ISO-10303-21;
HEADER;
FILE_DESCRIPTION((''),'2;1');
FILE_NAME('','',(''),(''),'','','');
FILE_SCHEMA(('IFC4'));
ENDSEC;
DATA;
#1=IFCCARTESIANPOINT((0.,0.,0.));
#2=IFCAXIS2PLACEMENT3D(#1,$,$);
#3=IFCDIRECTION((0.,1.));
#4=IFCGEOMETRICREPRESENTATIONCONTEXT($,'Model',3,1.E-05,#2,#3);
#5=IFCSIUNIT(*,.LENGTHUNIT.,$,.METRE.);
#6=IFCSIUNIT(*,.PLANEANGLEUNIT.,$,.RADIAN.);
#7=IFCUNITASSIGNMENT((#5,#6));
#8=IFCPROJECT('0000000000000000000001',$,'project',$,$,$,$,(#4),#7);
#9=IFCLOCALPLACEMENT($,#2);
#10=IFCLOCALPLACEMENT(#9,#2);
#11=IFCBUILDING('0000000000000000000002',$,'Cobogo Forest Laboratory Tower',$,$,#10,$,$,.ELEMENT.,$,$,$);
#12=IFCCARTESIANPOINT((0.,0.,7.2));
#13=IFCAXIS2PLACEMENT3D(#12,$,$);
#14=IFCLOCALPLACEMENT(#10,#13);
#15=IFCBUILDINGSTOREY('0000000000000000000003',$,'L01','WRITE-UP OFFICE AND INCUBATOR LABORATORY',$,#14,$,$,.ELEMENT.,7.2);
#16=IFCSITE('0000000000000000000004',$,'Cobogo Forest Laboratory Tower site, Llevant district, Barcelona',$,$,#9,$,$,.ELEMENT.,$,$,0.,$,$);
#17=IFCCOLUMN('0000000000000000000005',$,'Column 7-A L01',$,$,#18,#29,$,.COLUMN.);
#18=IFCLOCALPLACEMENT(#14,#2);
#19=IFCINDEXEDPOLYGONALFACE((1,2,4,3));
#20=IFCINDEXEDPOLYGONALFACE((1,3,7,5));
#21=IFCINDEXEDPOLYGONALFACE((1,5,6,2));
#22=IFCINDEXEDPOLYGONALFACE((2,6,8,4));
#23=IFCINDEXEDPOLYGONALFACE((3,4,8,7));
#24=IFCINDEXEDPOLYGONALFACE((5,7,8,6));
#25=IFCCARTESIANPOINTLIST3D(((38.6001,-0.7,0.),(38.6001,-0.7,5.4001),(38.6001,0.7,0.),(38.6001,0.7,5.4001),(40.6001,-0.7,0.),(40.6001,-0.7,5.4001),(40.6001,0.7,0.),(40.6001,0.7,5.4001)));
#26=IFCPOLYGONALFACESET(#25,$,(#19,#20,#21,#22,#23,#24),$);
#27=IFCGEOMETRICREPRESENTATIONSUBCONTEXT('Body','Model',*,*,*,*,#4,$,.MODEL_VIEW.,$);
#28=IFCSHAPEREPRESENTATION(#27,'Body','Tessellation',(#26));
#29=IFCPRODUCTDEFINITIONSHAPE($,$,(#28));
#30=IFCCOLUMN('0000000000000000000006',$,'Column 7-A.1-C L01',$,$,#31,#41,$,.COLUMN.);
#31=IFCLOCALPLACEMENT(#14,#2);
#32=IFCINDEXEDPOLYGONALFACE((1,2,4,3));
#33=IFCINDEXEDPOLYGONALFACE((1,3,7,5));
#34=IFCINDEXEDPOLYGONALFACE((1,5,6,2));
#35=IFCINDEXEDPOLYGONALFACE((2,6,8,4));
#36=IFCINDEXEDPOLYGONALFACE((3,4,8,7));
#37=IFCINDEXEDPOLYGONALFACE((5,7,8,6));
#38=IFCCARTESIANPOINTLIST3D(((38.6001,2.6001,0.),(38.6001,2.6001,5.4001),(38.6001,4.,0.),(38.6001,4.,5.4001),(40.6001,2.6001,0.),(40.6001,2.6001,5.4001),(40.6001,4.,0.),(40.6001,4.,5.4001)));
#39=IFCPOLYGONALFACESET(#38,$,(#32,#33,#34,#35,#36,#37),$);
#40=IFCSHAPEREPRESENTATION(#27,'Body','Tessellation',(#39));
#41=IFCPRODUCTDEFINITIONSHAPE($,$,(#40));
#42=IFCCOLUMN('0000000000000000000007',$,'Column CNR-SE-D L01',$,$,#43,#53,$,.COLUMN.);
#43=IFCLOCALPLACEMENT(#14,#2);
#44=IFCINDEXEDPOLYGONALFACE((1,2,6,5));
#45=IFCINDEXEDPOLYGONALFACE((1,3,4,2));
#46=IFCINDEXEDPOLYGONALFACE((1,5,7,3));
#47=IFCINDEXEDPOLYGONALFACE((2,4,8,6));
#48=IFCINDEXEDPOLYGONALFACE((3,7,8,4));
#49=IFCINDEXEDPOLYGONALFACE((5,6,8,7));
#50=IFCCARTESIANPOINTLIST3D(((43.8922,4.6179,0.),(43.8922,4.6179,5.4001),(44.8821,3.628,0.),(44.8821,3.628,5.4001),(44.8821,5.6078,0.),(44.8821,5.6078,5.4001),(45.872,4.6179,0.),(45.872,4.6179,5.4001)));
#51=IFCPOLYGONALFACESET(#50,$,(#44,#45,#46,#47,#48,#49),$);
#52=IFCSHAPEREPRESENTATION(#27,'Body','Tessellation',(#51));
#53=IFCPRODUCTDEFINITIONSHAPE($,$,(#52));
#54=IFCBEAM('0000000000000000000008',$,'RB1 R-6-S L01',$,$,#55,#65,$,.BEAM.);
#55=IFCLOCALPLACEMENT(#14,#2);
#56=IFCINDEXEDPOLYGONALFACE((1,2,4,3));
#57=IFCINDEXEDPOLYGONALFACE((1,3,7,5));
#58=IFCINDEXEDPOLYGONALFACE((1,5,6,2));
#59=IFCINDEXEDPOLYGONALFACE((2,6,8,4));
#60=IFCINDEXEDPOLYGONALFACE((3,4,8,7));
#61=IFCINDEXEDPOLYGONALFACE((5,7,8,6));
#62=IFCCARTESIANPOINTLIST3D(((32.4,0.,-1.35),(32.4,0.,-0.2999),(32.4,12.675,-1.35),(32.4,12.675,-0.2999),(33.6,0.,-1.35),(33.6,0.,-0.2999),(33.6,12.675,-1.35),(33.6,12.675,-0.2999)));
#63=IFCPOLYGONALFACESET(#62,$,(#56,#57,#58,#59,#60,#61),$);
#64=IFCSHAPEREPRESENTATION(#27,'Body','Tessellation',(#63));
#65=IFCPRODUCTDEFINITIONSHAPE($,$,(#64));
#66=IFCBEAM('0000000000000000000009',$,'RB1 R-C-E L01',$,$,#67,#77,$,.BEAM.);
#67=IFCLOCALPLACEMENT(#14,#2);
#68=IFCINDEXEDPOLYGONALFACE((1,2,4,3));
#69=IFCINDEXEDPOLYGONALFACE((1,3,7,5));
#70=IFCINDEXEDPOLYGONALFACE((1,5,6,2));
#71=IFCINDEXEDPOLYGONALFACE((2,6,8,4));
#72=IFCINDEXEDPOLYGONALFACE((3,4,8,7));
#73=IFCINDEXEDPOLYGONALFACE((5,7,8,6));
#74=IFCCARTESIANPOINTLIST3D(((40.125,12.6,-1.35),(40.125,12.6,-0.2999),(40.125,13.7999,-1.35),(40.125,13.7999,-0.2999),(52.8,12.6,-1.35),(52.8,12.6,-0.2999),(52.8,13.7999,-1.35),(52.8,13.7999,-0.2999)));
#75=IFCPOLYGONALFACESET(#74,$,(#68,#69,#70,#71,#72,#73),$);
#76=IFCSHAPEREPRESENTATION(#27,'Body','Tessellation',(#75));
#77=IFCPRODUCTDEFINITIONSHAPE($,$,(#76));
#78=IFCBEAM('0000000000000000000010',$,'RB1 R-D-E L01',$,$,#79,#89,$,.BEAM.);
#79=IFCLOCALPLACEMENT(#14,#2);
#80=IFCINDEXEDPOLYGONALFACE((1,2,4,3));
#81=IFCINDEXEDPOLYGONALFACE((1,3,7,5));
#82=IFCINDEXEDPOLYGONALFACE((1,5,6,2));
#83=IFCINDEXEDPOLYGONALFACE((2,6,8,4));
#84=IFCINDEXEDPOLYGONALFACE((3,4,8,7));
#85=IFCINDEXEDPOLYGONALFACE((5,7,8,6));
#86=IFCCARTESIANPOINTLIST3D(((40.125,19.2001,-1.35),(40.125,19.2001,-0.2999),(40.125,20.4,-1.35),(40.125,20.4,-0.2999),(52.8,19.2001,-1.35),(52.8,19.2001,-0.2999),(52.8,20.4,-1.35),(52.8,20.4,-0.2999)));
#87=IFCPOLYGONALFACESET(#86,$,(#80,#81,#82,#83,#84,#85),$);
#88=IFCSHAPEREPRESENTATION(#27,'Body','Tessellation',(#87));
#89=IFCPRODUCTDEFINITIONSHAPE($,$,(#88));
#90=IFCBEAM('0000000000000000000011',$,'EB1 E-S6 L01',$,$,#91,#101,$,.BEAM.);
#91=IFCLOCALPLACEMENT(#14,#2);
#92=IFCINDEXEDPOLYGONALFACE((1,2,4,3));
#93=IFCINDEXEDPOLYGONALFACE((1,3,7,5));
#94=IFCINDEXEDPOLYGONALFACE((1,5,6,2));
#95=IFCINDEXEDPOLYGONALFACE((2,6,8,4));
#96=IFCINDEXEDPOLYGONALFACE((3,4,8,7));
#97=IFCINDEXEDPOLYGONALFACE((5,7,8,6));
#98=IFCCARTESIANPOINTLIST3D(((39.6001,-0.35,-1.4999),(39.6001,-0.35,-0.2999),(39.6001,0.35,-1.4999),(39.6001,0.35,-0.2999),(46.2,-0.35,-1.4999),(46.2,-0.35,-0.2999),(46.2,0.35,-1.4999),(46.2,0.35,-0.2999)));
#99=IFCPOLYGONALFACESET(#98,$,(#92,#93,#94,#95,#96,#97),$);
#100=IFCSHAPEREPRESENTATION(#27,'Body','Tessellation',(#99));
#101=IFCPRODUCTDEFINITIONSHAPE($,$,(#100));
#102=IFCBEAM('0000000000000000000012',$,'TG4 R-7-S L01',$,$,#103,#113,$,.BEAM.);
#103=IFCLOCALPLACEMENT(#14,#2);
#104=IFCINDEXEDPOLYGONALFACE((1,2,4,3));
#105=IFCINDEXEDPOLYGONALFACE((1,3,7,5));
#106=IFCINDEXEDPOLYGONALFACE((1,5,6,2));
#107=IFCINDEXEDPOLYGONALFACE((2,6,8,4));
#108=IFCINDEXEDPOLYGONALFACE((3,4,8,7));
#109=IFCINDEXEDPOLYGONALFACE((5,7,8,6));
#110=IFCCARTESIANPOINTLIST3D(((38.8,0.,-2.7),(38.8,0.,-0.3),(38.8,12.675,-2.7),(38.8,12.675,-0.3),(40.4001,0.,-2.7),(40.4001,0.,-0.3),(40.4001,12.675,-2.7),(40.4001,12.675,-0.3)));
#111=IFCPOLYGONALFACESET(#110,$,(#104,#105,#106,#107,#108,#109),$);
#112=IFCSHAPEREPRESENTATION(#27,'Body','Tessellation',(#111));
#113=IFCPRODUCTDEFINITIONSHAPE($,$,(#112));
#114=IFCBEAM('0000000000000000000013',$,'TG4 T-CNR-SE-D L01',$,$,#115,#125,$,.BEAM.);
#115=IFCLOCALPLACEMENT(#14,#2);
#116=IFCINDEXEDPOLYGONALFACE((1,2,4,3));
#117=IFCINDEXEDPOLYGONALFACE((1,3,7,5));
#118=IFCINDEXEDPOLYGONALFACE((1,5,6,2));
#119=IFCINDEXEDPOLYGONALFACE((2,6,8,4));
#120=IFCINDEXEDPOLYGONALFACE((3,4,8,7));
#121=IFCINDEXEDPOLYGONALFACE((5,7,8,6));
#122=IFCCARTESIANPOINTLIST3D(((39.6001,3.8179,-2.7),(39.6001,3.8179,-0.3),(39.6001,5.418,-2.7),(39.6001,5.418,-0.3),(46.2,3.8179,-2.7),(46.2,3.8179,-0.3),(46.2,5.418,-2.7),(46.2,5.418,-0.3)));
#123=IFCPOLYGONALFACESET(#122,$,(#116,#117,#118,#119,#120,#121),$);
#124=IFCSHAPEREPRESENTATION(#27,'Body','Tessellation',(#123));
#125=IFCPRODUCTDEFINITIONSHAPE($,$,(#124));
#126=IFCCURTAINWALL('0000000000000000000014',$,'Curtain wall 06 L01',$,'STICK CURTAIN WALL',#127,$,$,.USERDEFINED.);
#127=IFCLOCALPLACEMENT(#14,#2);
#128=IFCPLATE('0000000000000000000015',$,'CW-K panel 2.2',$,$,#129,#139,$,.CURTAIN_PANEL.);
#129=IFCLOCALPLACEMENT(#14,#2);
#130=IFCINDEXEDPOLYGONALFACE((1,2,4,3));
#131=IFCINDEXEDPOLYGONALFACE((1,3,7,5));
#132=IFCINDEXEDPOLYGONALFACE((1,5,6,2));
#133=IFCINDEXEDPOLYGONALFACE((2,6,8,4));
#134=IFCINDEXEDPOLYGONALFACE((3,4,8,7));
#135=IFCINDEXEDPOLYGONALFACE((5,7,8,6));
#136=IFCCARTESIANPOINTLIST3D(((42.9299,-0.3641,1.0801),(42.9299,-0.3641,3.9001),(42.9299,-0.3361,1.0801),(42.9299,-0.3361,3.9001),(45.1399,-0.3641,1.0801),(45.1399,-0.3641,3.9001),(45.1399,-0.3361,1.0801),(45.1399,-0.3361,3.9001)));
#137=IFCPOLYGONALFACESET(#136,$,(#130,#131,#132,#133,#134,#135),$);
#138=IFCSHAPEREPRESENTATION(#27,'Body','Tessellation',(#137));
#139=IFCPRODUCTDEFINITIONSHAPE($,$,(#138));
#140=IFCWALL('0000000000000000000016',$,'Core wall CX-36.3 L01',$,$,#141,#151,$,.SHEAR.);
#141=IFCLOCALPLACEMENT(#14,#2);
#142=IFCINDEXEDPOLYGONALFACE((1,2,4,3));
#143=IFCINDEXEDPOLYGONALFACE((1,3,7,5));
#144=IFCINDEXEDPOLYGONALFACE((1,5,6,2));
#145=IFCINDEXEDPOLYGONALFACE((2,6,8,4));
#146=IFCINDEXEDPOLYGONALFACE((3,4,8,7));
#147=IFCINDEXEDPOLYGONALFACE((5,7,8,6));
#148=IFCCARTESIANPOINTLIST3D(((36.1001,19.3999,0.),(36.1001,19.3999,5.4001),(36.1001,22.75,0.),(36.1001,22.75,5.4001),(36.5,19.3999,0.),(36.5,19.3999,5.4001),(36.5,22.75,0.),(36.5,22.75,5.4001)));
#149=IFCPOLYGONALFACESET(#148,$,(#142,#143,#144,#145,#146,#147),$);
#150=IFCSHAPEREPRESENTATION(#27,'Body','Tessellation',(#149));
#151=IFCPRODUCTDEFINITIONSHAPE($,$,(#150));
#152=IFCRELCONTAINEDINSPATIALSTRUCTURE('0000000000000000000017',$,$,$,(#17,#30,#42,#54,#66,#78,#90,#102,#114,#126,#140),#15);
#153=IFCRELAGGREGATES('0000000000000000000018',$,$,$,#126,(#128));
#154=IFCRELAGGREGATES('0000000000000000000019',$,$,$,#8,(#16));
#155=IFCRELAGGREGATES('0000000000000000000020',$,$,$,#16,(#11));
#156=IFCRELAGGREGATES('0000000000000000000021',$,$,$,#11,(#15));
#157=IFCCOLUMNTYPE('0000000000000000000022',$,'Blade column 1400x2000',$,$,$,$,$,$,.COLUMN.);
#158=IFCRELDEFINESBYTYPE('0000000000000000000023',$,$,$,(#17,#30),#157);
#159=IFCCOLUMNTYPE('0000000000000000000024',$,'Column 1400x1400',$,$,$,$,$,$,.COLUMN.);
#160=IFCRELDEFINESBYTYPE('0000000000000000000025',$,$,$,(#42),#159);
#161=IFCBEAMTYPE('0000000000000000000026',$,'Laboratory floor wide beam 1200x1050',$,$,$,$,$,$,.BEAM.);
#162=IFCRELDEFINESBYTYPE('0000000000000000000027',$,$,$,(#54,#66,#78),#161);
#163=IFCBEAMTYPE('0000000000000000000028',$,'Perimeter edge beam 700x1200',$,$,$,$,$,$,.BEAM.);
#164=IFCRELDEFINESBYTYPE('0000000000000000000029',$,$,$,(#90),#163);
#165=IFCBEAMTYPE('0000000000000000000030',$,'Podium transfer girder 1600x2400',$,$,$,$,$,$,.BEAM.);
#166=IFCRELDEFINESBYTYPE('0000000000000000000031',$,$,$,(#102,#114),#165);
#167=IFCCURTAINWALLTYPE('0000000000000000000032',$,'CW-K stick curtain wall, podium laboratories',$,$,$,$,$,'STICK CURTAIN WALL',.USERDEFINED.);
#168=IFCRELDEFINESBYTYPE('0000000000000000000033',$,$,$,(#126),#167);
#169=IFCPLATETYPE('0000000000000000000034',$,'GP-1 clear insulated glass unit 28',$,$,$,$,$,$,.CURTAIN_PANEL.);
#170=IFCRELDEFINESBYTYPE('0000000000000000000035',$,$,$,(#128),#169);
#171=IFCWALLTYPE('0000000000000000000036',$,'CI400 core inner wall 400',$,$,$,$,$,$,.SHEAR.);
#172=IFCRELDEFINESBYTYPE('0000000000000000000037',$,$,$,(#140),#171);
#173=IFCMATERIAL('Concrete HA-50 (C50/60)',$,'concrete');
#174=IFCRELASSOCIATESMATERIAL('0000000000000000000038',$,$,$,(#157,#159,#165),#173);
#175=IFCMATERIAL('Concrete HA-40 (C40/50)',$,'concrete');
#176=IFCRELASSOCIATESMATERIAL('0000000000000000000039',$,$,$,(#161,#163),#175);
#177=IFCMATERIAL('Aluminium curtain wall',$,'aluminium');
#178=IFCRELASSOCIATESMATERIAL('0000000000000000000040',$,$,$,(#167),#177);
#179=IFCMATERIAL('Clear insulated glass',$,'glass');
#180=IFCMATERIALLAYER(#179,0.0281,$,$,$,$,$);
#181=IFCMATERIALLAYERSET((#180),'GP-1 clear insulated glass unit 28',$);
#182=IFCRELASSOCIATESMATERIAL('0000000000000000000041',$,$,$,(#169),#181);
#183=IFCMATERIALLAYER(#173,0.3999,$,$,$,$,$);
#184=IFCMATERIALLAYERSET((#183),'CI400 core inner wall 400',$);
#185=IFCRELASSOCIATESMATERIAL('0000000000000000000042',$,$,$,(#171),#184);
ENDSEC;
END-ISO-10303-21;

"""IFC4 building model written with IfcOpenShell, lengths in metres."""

from ifc_helpers import new_model, si_unit, direction, frame, frame_2d, origin, origin_2d, place, context, subcontext, project, spatial, rectangle, extrude, material, layer, layer_set, material_profile, profile_set, type_object, element, aggregate, save


model = new_model("IFC4")

# Units and contexts
model_context = context("Model", 3, precision=1e-05, world=origin(), true_north=direction((0.0, 1.0)))
body_context = subcontext(model_context, "Body", "Model", "MODEL_VIEW")
ifc_project = project(units=[si_unit("LENGTHUNIT", "METRE"), si_unit("PLANEANGLEUNIT", "RADIAN")], contexts=[model_context])

# Site, building, storey
site_placement = place(None, origin())
site = spatial("IfcSite", under=ifc_project, at=site_placement, Name="Cobogo Forest Laboratory Tower site, Llevant district, Barcelona", CompositionType="ELEMENT", RefElevation=0.0)
building_placement = place(site_placement, origin())
building = spatial("IfcBuilding", under=site, at=building_placement, Name="Cobogo Forest Laboratory Tower", CompositionType="ELEMENT")
storey_placement = place(building_placement, frame((0.0, 0.0, 7.2)))
storey = spatial("IfcBuildingStorey", under=building, at=storey_placement, Name="L01", Description="WRITE-UP OFFICE AND INCUBATOR LABORATORY", CompositionType="ELEMENT", Elevation=7.2)

# Columns
ifc_material_1 = material(Name="Concrete HA-50 (C50/60)", Category="concrete")
ifc_material_profile_1 = material_profile(ifc_material_1, rectangle(XDim=2.0, YDim=1.3999, at=origin_2d()), Name="RC 1400x2000")
ifc_profile_set_1 = profile_set([ifc_material_profile_1], Name="Concrete HA-50 (C50/60)")
column_type_1 = type_object("IfcColumnType", Name="Blade column 1400x2000", PredefinedType="COLUMN", material=ifc_profile_set_1)
for number, where, z_axis, x_axis, name in (
    (1, (39.6001, 0.0, 0.0), (0.0, 0.0, 1.0), (1.0, 0.0, 0.0), "Column 7-A L01"),
    (2, (39.6001, 3.3, 0.0), (0.0, 0.0, 1.0), (1.0, 0.0, 0.0), "Column 7-A.1-C L01"),
):
    element("IfcColumn", number, at=place(storey_placement, frame(where, z_axis=z_axis, x_axis=x_axis)), inside=storey, type_object=column_type_1, Name=name, PredefinedType="COLUMN", context=body_context, shape_type="SweptSolid", body=[
        extrude(rectangle(XDim=2.0, YDim=1.3999, at=origin_2d()), origin(), (0.0, 0.0, 1.0), 5.4001),
    ])
ifc_material_profile_2 = material_profile(ifc_material_1, rectangle(XDim=1.3999, YDim=1.3999, at=origin_2d()), Name="RC 1400x1400")
ifc_profile_set_2 = profile_set([ifc_material_profile_2], Name="Concrete HA-50 (C50/60)")
column_type_2 = type_object("IfcColumnType", Name="Column 1400x1400", PredefinedType="COLUMN", material=ifc_profile_set_2)
column_placement = place(storey_placement, frame((44.8821, 4.6179, 0.0), z_axis=(0.0, 0.0, 1.0), x_axis=(0.707107, 0.707107, 0.0)))
element("IfcColumn", 3, at=column_placement, inside=storey, type_object=column_type_2, Name="Column CNR-SE-D L01", PredefinedType="COLUMN", context=body_context, shape_type="SweptSolid", body=[
    extrude(rectangle(XDim=1.3999, YDim=1.3999, at=origin_2d()), origin(), (0.0, 0.0, 1.0), 5.4001),
])

# Beams
ifc_material_2 = material(Name="Concrete HA-40 (C40/50)", Category="concrete")
ifc_material_profile_3 = material_profile(ifc_material_2, rectangle(XDim=1.2, YDim=1.05, at=origin_2d()), Name="RC 1200x1050")
ifc_profile_set_3 = profile_set([ifc_material_profile_3], Name="Concrete HA-40 (C40/50)")
beam_type_1 = type_object("IfcBeamType", Name="Laboratory floor wide beam 1200x1050", PredefinedType="BEAM", material=ifc_profile_set_3)
for number, where, z_axis, x_axis, name in (
    (4, (33.0, 12.675, -0.825), (0.0, -1.0, 0.0), (1.0, 0.0, 0.0), "RB1 R-6-S L01"),
    (5, (40.125, 13.2, -0.825), (1.0, 0.0, 0.0), (0.0, 1.0, 0.0), "RB1 R-C-E L01"),
    (6, (40.125, 19.8, -0.825), (1.0, 0.0, 0.0), (0.0, 1.0, 0.0), "RB1 R-D-E L01"),
):
    element("IfcBeam", number, at=place(storey_placement, frame(where, z_axis=z_axis, x_axis=x_axis)), inside=storey, type_object=beam_type_1, Name=name, PredefinedType="BEAM", context=body_context, shape_type="SweptSolid", body=[
        extrude(rectangle(XDim=1.2, YDim=1.05, at=origin_2d()), origin(), (0.0, 0.0, 1.0), 12.675),
    ])
ifc_material_profile_4 = material_profile(ifc_material_2, rectangle(XDim=0.7, YDim=1.2, at=origin_2d()), Name="RC 700x1200")
ifc_profile_set_4 = profile_set([ifc_material_profile_4], Name="Concrete HA-40 (C40/50)")
beam_type_2 = type_object("IfcBeamType", Name="Perimeter edge beam 700x1200", PredefinedType="BEAM", material=ifc_profile_set_4)
beam_1_placement = place(storey_placement, frame((39.6001, 0.0, -0.8999), z_axis=(1.0, 0.0, 0.0), x_axis=(0.0, 1.0, 0.0)))
element("IfcBeam", 7, at=beam_1_placement, inside=storey, type_object=beam_type_2, Name="EB1 E-S6 L01", PredefinedType="BEAM", context=body_context, shape_type="SweptSolid", body=[
    extrude(rectangle(XDim=0.7, YDim=1.2, at=origin_2d()), origin(), (0.0, 0.0, 1.0), 6.5999),
])
ifc_material_profile_5 = material_profile(ifc_material_1, rectangle(XDim=1.6001, YDim=2.3999, at=origin_2d()), Name="RC 1600x2400")
ifc_profile_set_5 = profile_set([ifc_material_profile_5], Name="Concrete HA-50 (C50/60)")
beam_type_3 = type_object("IfcBeamType", Name="Podium transfer girder 1600x2400", PredefinedType="BEAM", material=ifc_profile_set_5)
beam_2_placement = place(storey_placement, frame((39.6001, 12.675, -1.5), z_axis=(0.0, -1.0, 0.0), x_axis=(1.0, 0.0, 0.0)))
element("IfcBeam", 8, at=beam_2_placement, inside=storey, type_object=beam_type_3, Name="TG4 R-7-S L01", PredefinedType="BEAM", context=body_context, shape_type="SweptSolid", body=[
    extrude(rectangle(XDim=1.6001, YDim=2.3999, at=origin_2d()), origin(), (0.0, 0.0, 1.0), 12.675),
])
beam_3_placement = place(storey_placement, frame((39.6001, 4.6179, -1.5), z_axis=(1.0, 0.0, 0.0), x_axis=(0.0, 1.0, 0.0)))
element("IfcBeam", 9, at=beam_3_placement, inside=storey, type_object=beam_type_3, Name="TG4 T-CNR-SE-D L01", PredefinedType="BEAM", context=body_context, shape_type="SweptSolid", body=[
    extrude(rectangle(XDim=1.6001, YDim=2.3999, at=origin_2d()), origin(), (0.0, 0.0, 1.0), 6.5999),
])

# Curtain wall, plate
ifc_material_3 = material(Name="Aluminium curtain wall", Category="aluminium")
curtain_wall_type = type_object("IfcCurtainWallType", Name="CW-K stick curtain wall, podium laboratories", ElementType="STICK CURTAIN WALL", PredefinedType="USERDEFINED", material=ifc_material_3)
curtain_wall_placement = place(storey_placement, origin())
curtain_wall = element("IfcCurtainWall", 10, at=curtain_wall_placement, inside=storey, type_object=curtain_wall_type, Name="Curtain wall 06 L01", ObjectType="STICK CURTAIN WALL", PredefinedType="USERDEFINED")
ifc_material_4 = material(Name="Clear insulated glass", Category="glass")
ifc_layer_1 = layer(ifc_material_4, 0.0281)
ifc_layer_set_1 = layer_set([ifc_layer_1], Name="GP-1 clear insulated glass unit 28")
plate_type = type_object("IfcPlateType", Name="GP-1 clear insulated glass unit 28", PredefinedType="CURTAIN_PANEL", material=ifc_layer_set_1)
plate_placement = place(storey_placement, frame((44.0349, -0.3501, 1.0801), z_axis=(0.0, 0.0, 1.0), x_axis=(1.0, 0.0, 0.0)))
plate = element("IfcPlate", 11, at=plate_placement, type_object=plate_type, Name="CW-K panel 2.2", PredefinedType="CURTAIN_PANEL", context=body_context, shape_type="SweptSolid", body=[
    extrude(rectangle(XDim=2.21, YDim=0.0281, at=origin_2d()), origin(), (0.0, 0.0, 1.0), 2.8201),
])
aggregate(curtain_wall, [plate])

# Wall
ifc_layer_2 = layer(ifc_material_1, 0.3999)
ifc_layer_set_2 = layer_set([ifc_layer_2], Name="CI400 core inner wall 400")
wall_type_1 = type_object("IfcWallType", Name="CI400 core inner wall 400", PredefinedType="SHEAR", material=ifc_layer_set_2)
wall_1_placement = place(storey_placement, frame((36.3, 19.3999, 0.0), z_axis=(0.0, 0.0, 1.0), x_axis=(0.0, 1.0, 0.0)))
element("IfcWall", 12, at=wall_1_placement, inside=storey, type_object=wall_type_1, Name="Core wall CX-36.3 L01", PredefinedType="SHEAR", context=body_context, shape_type="SweptSolid", body=[
    extrude(rectangle(XDim=3.3501, YDim=0.3999, at=frame_2d((1.675, 0.0))), origin(), (0.0, 0.0, 1.0), 5.4001),
])

save(model, "model.ifc")
